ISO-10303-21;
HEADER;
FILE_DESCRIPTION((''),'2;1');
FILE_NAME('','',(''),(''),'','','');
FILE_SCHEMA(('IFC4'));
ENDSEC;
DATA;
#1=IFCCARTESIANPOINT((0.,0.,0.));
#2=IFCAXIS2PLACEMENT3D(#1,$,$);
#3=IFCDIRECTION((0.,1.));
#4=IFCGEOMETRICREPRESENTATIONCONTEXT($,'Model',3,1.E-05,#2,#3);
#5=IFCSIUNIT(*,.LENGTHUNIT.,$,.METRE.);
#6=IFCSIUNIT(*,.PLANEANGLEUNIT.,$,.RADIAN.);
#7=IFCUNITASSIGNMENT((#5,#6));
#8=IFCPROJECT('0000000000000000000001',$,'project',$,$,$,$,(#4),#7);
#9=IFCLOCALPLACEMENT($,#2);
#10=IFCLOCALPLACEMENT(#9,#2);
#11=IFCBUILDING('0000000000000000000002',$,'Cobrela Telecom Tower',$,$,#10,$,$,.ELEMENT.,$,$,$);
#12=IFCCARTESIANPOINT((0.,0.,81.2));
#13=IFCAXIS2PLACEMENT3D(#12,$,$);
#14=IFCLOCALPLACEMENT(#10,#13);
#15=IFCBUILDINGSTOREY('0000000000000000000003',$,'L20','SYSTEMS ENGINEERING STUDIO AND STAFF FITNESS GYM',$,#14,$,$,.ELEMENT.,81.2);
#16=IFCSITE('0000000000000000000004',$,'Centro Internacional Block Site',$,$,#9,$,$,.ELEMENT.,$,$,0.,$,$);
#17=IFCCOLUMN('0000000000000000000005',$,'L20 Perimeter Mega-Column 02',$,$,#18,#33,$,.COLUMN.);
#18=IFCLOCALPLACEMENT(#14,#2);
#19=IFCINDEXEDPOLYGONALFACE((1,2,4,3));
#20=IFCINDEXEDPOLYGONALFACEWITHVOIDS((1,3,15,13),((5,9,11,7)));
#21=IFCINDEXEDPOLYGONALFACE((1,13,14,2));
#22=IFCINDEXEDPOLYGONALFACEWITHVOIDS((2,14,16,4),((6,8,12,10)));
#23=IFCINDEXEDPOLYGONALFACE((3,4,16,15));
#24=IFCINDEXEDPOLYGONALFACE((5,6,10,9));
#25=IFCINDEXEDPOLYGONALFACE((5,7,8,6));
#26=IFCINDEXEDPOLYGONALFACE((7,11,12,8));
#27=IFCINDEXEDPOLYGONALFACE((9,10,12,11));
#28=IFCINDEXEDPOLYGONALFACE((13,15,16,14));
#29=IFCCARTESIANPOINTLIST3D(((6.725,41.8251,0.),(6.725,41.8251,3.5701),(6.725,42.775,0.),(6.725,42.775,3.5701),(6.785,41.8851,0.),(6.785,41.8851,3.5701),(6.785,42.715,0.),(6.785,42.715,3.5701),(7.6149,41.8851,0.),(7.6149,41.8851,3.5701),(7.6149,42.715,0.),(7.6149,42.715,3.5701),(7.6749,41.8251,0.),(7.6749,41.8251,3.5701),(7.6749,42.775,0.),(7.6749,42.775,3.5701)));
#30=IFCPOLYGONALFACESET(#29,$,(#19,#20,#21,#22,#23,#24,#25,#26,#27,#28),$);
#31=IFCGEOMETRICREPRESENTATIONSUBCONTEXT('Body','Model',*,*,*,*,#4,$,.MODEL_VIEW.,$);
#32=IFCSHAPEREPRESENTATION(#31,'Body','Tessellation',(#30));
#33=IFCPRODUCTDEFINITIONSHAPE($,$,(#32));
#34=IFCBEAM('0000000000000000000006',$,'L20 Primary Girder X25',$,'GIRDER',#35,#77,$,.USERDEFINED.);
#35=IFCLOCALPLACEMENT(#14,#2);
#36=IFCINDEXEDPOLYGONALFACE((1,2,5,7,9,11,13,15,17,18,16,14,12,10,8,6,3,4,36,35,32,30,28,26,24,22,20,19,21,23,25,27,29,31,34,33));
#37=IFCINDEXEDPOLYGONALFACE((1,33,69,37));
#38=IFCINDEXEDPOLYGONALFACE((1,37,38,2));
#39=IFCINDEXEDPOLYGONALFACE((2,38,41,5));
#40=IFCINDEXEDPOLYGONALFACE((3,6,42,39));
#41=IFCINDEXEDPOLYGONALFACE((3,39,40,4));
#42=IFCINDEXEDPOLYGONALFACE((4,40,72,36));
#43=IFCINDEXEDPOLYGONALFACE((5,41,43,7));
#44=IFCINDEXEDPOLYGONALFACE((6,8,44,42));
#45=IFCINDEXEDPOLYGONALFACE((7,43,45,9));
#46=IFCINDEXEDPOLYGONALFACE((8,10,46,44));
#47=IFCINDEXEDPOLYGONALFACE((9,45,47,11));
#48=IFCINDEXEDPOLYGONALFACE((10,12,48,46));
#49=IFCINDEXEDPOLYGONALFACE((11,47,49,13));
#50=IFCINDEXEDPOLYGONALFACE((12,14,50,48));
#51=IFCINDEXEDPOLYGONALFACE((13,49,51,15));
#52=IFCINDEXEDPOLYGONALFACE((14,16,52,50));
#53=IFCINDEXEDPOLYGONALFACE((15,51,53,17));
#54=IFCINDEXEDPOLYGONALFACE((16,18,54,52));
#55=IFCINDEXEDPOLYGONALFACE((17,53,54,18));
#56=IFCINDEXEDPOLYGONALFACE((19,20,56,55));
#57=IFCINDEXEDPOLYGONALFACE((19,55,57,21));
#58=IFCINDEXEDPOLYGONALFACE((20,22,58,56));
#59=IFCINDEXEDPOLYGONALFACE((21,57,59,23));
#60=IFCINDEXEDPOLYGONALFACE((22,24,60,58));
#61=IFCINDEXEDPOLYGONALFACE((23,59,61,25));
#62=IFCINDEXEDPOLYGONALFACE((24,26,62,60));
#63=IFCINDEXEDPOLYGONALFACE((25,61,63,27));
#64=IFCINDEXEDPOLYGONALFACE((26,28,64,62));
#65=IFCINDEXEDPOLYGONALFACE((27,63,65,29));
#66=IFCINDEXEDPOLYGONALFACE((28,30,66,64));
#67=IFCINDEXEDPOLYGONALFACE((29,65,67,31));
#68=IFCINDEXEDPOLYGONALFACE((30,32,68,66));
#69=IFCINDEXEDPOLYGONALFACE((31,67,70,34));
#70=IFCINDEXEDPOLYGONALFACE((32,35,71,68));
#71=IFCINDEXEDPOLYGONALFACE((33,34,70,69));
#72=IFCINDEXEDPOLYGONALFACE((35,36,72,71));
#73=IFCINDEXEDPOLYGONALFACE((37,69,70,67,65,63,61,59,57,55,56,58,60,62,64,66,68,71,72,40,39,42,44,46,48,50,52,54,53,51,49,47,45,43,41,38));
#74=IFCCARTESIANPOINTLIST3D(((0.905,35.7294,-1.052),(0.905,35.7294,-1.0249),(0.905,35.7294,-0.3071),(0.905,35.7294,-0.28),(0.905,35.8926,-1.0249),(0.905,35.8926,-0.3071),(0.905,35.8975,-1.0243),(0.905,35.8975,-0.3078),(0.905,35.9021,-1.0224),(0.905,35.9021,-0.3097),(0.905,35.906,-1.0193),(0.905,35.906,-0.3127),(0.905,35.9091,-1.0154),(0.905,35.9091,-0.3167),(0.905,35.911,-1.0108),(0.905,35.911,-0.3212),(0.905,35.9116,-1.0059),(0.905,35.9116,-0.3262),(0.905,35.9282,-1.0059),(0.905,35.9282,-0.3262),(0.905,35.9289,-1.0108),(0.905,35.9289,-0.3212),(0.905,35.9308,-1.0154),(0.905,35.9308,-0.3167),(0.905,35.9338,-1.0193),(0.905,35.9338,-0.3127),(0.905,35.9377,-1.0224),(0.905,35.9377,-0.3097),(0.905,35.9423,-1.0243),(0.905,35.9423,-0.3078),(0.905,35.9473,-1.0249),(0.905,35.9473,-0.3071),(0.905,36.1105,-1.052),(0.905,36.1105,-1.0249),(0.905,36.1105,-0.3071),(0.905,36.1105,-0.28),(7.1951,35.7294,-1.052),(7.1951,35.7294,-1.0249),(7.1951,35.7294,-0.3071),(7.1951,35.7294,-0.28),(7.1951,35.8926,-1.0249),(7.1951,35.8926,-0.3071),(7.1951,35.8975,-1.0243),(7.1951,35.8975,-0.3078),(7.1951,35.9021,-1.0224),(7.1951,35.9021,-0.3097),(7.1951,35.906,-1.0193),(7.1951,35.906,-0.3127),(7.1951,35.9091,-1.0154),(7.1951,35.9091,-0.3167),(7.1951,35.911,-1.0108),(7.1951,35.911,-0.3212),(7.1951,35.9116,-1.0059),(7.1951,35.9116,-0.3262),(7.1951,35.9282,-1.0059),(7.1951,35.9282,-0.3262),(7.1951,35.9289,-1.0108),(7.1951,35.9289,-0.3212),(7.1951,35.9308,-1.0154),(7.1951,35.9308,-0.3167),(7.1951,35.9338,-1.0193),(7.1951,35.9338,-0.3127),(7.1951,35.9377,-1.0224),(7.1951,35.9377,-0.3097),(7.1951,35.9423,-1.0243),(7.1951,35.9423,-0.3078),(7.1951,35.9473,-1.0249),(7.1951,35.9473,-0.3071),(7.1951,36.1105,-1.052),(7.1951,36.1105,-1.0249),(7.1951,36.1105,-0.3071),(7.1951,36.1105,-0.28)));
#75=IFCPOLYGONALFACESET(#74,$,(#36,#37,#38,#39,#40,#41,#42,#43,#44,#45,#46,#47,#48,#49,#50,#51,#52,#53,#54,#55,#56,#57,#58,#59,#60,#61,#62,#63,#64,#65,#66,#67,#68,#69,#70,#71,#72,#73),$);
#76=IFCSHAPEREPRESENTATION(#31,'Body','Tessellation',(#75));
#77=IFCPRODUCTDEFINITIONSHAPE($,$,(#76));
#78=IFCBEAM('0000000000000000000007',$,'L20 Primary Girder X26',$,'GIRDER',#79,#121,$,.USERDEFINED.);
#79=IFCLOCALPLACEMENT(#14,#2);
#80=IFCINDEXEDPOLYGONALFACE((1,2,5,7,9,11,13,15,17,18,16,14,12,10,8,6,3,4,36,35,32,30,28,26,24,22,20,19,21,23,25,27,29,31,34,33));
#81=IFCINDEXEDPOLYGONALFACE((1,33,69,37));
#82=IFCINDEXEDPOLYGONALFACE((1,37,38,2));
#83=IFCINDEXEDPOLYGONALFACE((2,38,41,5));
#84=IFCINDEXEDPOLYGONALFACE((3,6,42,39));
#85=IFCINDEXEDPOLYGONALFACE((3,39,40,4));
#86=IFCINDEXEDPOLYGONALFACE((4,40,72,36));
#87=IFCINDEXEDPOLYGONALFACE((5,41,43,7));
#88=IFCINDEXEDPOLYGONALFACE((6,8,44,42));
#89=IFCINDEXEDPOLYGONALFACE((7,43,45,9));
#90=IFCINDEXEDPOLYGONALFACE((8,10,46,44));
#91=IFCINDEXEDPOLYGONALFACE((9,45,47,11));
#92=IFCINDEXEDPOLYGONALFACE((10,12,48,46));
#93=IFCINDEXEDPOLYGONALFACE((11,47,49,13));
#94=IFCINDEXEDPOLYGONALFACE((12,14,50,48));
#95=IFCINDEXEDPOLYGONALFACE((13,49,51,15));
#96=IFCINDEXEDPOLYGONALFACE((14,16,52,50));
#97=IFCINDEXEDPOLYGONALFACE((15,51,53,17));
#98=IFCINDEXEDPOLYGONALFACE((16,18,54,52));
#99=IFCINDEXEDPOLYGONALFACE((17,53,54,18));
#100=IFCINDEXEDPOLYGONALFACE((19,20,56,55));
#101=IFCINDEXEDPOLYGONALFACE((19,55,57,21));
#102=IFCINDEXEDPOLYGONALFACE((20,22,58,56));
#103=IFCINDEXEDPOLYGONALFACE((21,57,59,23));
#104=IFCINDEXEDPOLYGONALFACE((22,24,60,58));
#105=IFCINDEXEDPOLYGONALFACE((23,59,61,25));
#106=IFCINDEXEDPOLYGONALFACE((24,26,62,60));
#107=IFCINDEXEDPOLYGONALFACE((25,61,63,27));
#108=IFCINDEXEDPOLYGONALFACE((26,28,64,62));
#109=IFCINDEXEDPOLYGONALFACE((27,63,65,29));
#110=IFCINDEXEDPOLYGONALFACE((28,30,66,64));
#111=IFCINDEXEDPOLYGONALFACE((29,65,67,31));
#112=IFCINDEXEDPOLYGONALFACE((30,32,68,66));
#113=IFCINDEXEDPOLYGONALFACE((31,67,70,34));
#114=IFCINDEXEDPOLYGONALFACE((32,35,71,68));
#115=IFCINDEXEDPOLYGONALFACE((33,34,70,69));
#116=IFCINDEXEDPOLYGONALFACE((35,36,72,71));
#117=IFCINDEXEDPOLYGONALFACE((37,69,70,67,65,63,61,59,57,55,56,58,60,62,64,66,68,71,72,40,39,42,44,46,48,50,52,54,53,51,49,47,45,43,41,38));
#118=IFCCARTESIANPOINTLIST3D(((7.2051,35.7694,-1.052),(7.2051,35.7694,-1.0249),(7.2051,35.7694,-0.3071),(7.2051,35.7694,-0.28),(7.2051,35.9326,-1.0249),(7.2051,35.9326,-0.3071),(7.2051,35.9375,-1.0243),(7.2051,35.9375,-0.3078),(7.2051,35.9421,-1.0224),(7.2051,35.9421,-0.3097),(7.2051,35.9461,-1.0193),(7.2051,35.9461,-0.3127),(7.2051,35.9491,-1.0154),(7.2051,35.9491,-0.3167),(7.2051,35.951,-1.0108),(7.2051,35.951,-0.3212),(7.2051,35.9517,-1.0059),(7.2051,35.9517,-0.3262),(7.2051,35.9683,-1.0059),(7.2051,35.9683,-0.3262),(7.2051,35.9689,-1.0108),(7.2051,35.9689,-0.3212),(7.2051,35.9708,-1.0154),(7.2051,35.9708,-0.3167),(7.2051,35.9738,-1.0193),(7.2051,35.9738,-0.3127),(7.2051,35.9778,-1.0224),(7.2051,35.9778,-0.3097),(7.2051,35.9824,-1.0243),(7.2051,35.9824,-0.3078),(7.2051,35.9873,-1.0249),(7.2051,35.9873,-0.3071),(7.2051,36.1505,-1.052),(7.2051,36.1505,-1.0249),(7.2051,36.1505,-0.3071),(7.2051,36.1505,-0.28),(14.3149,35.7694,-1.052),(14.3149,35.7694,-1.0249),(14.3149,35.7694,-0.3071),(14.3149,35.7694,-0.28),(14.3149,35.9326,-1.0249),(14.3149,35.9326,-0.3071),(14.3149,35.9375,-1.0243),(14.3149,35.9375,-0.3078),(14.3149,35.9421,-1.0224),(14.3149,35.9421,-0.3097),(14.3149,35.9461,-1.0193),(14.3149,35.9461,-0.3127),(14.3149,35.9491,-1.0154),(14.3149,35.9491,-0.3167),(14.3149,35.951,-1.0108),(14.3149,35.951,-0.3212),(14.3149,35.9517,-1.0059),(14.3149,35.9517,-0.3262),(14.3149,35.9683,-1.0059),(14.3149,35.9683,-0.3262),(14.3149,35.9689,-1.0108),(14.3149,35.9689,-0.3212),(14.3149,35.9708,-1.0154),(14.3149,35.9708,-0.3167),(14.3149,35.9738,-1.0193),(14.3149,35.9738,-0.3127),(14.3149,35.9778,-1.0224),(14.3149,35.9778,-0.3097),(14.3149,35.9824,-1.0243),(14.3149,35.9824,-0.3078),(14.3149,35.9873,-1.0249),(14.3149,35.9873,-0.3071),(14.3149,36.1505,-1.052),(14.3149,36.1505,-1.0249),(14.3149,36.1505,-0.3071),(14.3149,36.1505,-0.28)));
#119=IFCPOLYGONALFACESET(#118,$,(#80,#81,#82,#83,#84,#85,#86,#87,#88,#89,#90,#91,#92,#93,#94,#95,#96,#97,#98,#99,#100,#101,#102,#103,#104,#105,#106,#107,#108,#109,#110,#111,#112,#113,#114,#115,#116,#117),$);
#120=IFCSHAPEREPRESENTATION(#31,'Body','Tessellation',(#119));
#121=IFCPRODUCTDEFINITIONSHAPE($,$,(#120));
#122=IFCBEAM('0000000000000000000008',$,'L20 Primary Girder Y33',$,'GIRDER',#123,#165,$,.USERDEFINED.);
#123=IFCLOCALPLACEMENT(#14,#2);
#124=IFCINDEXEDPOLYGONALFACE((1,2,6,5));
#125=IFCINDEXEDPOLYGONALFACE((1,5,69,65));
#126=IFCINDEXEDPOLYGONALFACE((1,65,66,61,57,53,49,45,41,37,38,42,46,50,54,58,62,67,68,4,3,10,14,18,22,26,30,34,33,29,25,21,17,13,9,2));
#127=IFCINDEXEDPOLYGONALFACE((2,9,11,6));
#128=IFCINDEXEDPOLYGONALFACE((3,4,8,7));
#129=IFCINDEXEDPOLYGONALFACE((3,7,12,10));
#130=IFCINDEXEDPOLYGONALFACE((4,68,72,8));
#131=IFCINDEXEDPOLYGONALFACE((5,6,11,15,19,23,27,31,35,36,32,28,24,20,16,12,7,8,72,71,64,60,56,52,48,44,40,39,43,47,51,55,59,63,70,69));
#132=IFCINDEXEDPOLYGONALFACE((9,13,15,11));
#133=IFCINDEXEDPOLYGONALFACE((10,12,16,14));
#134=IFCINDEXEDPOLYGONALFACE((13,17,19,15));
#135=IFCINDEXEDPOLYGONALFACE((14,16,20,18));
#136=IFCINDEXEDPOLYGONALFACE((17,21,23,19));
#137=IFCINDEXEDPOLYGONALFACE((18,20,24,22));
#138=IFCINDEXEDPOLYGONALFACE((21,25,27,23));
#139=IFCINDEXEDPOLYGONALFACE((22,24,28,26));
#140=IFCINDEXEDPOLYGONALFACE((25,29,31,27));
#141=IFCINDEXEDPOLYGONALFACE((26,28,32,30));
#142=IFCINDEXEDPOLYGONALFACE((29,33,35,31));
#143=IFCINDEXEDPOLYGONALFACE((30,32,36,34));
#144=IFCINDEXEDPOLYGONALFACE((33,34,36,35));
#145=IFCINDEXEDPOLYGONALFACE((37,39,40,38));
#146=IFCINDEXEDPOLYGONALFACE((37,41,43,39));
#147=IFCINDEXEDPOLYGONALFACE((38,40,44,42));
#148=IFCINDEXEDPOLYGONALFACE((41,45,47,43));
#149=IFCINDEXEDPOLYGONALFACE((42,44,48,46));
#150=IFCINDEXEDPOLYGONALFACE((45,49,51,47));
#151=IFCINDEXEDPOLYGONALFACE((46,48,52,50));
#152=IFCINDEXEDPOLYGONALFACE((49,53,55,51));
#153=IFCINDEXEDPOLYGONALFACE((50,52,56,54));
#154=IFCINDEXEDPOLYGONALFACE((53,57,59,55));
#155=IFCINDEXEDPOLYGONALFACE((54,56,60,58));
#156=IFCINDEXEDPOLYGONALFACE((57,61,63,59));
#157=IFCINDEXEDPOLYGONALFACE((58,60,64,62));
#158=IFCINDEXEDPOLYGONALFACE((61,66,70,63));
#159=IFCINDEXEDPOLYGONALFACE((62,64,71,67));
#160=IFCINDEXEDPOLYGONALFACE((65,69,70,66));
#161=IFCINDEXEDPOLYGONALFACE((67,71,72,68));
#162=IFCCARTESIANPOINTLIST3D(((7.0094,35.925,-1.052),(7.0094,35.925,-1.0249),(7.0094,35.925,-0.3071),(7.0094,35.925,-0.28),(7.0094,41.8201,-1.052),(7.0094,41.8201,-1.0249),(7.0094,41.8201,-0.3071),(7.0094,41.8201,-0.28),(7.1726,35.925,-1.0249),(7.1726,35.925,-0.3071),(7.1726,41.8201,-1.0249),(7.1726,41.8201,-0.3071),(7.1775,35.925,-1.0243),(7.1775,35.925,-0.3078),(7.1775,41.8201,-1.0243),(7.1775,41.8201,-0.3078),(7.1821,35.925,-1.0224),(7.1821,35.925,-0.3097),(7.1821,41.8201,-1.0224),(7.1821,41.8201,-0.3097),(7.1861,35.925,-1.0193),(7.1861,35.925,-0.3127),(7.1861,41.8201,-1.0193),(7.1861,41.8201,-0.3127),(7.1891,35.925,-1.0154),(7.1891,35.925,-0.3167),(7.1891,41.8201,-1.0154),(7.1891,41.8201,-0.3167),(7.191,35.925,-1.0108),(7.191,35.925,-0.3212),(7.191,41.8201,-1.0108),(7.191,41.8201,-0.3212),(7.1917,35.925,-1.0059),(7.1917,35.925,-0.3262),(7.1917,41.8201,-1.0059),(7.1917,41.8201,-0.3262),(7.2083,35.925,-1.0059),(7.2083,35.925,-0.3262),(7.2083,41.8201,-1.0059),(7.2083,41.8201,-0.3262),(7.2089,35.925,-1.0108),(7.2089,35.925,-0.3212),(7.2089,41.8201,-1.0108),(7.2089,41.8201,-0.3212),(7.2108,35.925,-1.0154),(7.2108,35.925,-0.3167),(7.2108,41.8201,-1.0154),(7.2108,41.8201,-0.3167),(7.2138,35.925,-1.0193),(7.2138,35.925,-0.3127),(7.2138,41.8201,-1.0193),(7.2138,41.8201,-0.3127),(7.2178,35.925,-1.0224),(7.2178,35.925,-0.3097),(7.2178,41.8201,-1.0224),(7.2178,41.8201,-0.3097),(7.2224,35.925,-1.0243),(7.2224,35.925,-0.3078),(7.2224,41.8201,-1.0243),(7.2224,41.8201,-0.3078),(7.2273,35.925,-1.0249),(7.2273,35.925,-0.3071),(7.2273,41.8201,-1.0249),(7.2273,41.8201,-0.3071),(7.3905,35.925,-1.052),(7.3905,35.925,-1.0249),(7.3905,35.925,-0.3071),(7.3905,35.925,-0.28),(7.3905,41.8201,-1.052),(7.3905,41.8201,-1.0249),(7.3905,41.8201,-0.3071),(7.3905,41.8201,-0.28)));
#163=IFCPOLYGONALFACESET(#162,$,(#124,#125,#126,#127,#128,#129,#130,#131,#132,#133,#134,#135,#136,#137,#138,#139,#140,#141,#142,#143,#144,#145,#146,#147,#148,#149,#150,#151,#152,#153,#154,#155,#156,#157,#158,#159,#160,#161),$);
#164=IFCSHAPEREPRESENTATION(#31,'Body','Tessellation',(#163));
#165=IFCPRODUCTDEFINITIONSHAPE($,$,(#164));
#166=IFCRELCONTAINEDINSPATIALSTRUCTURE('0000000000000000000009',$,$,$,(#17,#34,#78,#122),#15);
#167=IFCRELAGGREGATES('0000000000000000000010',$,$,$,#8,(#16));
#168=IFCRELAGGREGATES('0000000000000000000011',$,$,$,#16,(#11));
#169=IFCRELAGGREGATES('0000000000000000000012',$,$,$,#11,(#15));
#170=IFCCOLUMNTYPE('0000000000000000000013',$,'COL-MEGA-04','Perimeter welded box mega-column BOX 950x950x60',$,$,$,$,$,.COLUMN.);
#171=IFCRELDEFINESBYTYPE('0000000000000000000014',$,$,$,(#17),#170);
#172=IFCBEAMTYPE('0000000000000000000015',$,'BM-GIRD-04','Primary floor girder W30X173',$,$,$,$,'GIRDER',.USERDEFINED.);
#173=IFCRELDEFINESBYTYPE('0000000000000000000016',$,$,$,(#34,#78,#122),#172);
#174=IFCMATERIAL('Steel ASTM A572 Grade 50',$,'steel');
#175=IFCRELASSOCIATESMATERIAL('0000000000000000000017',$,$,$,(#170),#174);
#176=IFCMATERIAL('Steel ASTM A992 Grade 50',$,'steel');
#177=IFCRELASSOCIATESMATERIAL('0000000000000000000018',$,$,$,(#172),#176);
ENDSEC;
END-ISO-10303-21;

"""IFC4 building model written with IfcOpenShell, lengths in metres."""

from ifc_helpers import new_model, si_unit, direction, frame, origin, origin_2d, place, context, subcontext, project, spatial, hollow_rectangle, i_section, extrude, material, material_profile, profile_set, type_object, element, save


model = new_model("IFC4")

# Units and contexts
model_context = context("Model", 3, precision=1e-05, world=origin(), true_north=direction((0.0, 1.0)))
body_context = subcontext(model_context, "Body", "Model", "MODEL_VIEW")
ifc_project = project(units=[si_unit("LENGTHUNIT", "METRE"), si_unit("PLANEANGLEUNIT", "RADIAN")], contexts=[model_context])

# Site, building, storey
site_placement = place(None, origin())
site = spatial("IfcSite", under=ifc_project, at=site_placement, Name="Centro Internacional Block Site", CompositionType="ELEMENT", RefElevation=0.0)
building_placement = place(site_placement, origin())
building = spatial("IfcBuilding", under=site, at=building_placement, Name="Cobrela Telecom Tower", CompositionType="ELEMENT")
storey_placement = place(building_placement, frame((0.0, 0.0, 81.2)))
storey = spatial("IfcBuildingStorey", under=building, at=storey_placement, Name="L20", Description="SYSTEMS ENGINEERING STUDIO AND STAFF FITNESS GYM", CompositionType="ELEMENT", Elevation=81.2)

# Column
ifc_material_1 = material(Name="Steel ASTM A572 Grade 50", Category="steel")
ifc_material_profile_1 = material_profile(ifc_material_1, hollow_rectangle(XDim=0.95, YDim=0.95, WallThickness=0.0601, at=origin_2d()), Name="BOX 950x950x60")
ifc_profile_set_1 = profile_set([ifc_material_profile_1], Name="Steel ASTM A572 Grade 50")
column_type = type_object("IfcColumnType", Name="COL-MEGA-04", Description="Perimeter welded box mega-column BOX 950x950x60", PredefinedType="COLUMN", material=ifc_profile_set_1)
column_placement = place(storey_placement, frame((7.2, 42.3, 0.0), z_axis=(0.0, 0.0, 1.0), x_axis=(1.0, 0.0, 0.0)))
element("IfcColumn", 1, at=column_placement, inside=storey, type_object=column_type, Name="L20 Perimeter Mega-Column 02", PredefinedType="COLUMN", context=body_context, shape_type="SweptSolid", body=[
    extrude(hollow_rectangle(XDim=0.95, YDim=0.95, WallThickness=0.0601, at=origin_2d()), origin(), (0.0, 0.0, 1.0), 3.5701),
])

# Beams
ifc_material_2 = material(Name="Steel ASTM A992 Grade 50", Category="steel")
ifc_material_profile_2 = material_profile(ifc_material_2, i_section(OverallWidth=0.3811, OverallDepth=0.772, WebThickness=0.0166, FlangeThickness=0.0271, FilletRadius=0.019, at=origin_2d()), Name="W30X173")
ifc_profile_set_2 = profile_set([ifc_material_profile_2], Name="Steel ASTM A992 Grade 50")
beam_type_1 = type_object("IfcBeamType", Name="BM-GIRD-04", Description="Primary floor girder W30X173", ElementType="GIRDER", PredefinedType="USERDEFINED", material=ifc_profile_set_2)
beam_1_placement = place(storey_placement, frame((0.905, 35.9199, -0.666), z_axis=(1.0, 0.0, 0.0), x_axis=(0.0, 1.0, 0.0)))
element("IfcBeam", 2, at=beam_1_placement, inside=storey, type_object=beam_type_1, Name="L20 Primary Girder X25", ObjectType="GIRDER", PredefinedType="USERDEFINED", context=body_context, shape_type="SweptSolid", body=[
    extrude(i_section(OverallWidth=0.3811, OverallDepth=0.772, WebThickness=0.0166, FlangeThickness=0.0271, FilletRadius=0.019, at=origin_2d()), origin(), (0.0, 0.0, 1.0), 6.29),
])
beam_2_placement = place(storey_placement, frame((7.2051, 35.96, -0.666), z_axis=(1.0, 0.0, 0.0), x_axis=(0.0, 1.0, 0.0)))
element("IfcBeam", 3, at=beam_2_placement, inside=storey, type_object=beam_type_1, Name="L20 Primary Girder X26", ObjectType="GIRDER", PredefinedType="USERDEFINED", context=body_context, shape_type="SweptSolid", body=[
    extrude(i_section(OverallWidth=0.3811, OverallDepth=0.772, WebThickness=0.0166, FlangeThickness=0.0271, FilletRadius=0.019, at=origin_2d()), origin(), (0.0, 0.0, 1.0), 7.1099),
])
beam_3_placement = place(storey_placement, frame((7.2, 35.925, -0.666), z_axis=(0.0, 1.0, 0.0), x_axis=(-1.0, 0.0, 0.0)))
element("IfcBeam", 4, at=beam_3_placement, inside=storey, type_object=beam_type_1, Name="L20 Primary Girder Y33", ObjectType="GIRDER", PredefinedType="USERDEFINED", context=body_context, shape_type="SweptSolid", body=[
    extrude(i_section(OverallWidth=0.3811, OverallDepth=0.772, WebThickness=0.0166, FlangeThickness=0.0271, FilletRadius=0.019, at=origin_2d()), origin(), (0.0, 0.0, 1.0), 5.895),
])

save(model, "model.ifc")
